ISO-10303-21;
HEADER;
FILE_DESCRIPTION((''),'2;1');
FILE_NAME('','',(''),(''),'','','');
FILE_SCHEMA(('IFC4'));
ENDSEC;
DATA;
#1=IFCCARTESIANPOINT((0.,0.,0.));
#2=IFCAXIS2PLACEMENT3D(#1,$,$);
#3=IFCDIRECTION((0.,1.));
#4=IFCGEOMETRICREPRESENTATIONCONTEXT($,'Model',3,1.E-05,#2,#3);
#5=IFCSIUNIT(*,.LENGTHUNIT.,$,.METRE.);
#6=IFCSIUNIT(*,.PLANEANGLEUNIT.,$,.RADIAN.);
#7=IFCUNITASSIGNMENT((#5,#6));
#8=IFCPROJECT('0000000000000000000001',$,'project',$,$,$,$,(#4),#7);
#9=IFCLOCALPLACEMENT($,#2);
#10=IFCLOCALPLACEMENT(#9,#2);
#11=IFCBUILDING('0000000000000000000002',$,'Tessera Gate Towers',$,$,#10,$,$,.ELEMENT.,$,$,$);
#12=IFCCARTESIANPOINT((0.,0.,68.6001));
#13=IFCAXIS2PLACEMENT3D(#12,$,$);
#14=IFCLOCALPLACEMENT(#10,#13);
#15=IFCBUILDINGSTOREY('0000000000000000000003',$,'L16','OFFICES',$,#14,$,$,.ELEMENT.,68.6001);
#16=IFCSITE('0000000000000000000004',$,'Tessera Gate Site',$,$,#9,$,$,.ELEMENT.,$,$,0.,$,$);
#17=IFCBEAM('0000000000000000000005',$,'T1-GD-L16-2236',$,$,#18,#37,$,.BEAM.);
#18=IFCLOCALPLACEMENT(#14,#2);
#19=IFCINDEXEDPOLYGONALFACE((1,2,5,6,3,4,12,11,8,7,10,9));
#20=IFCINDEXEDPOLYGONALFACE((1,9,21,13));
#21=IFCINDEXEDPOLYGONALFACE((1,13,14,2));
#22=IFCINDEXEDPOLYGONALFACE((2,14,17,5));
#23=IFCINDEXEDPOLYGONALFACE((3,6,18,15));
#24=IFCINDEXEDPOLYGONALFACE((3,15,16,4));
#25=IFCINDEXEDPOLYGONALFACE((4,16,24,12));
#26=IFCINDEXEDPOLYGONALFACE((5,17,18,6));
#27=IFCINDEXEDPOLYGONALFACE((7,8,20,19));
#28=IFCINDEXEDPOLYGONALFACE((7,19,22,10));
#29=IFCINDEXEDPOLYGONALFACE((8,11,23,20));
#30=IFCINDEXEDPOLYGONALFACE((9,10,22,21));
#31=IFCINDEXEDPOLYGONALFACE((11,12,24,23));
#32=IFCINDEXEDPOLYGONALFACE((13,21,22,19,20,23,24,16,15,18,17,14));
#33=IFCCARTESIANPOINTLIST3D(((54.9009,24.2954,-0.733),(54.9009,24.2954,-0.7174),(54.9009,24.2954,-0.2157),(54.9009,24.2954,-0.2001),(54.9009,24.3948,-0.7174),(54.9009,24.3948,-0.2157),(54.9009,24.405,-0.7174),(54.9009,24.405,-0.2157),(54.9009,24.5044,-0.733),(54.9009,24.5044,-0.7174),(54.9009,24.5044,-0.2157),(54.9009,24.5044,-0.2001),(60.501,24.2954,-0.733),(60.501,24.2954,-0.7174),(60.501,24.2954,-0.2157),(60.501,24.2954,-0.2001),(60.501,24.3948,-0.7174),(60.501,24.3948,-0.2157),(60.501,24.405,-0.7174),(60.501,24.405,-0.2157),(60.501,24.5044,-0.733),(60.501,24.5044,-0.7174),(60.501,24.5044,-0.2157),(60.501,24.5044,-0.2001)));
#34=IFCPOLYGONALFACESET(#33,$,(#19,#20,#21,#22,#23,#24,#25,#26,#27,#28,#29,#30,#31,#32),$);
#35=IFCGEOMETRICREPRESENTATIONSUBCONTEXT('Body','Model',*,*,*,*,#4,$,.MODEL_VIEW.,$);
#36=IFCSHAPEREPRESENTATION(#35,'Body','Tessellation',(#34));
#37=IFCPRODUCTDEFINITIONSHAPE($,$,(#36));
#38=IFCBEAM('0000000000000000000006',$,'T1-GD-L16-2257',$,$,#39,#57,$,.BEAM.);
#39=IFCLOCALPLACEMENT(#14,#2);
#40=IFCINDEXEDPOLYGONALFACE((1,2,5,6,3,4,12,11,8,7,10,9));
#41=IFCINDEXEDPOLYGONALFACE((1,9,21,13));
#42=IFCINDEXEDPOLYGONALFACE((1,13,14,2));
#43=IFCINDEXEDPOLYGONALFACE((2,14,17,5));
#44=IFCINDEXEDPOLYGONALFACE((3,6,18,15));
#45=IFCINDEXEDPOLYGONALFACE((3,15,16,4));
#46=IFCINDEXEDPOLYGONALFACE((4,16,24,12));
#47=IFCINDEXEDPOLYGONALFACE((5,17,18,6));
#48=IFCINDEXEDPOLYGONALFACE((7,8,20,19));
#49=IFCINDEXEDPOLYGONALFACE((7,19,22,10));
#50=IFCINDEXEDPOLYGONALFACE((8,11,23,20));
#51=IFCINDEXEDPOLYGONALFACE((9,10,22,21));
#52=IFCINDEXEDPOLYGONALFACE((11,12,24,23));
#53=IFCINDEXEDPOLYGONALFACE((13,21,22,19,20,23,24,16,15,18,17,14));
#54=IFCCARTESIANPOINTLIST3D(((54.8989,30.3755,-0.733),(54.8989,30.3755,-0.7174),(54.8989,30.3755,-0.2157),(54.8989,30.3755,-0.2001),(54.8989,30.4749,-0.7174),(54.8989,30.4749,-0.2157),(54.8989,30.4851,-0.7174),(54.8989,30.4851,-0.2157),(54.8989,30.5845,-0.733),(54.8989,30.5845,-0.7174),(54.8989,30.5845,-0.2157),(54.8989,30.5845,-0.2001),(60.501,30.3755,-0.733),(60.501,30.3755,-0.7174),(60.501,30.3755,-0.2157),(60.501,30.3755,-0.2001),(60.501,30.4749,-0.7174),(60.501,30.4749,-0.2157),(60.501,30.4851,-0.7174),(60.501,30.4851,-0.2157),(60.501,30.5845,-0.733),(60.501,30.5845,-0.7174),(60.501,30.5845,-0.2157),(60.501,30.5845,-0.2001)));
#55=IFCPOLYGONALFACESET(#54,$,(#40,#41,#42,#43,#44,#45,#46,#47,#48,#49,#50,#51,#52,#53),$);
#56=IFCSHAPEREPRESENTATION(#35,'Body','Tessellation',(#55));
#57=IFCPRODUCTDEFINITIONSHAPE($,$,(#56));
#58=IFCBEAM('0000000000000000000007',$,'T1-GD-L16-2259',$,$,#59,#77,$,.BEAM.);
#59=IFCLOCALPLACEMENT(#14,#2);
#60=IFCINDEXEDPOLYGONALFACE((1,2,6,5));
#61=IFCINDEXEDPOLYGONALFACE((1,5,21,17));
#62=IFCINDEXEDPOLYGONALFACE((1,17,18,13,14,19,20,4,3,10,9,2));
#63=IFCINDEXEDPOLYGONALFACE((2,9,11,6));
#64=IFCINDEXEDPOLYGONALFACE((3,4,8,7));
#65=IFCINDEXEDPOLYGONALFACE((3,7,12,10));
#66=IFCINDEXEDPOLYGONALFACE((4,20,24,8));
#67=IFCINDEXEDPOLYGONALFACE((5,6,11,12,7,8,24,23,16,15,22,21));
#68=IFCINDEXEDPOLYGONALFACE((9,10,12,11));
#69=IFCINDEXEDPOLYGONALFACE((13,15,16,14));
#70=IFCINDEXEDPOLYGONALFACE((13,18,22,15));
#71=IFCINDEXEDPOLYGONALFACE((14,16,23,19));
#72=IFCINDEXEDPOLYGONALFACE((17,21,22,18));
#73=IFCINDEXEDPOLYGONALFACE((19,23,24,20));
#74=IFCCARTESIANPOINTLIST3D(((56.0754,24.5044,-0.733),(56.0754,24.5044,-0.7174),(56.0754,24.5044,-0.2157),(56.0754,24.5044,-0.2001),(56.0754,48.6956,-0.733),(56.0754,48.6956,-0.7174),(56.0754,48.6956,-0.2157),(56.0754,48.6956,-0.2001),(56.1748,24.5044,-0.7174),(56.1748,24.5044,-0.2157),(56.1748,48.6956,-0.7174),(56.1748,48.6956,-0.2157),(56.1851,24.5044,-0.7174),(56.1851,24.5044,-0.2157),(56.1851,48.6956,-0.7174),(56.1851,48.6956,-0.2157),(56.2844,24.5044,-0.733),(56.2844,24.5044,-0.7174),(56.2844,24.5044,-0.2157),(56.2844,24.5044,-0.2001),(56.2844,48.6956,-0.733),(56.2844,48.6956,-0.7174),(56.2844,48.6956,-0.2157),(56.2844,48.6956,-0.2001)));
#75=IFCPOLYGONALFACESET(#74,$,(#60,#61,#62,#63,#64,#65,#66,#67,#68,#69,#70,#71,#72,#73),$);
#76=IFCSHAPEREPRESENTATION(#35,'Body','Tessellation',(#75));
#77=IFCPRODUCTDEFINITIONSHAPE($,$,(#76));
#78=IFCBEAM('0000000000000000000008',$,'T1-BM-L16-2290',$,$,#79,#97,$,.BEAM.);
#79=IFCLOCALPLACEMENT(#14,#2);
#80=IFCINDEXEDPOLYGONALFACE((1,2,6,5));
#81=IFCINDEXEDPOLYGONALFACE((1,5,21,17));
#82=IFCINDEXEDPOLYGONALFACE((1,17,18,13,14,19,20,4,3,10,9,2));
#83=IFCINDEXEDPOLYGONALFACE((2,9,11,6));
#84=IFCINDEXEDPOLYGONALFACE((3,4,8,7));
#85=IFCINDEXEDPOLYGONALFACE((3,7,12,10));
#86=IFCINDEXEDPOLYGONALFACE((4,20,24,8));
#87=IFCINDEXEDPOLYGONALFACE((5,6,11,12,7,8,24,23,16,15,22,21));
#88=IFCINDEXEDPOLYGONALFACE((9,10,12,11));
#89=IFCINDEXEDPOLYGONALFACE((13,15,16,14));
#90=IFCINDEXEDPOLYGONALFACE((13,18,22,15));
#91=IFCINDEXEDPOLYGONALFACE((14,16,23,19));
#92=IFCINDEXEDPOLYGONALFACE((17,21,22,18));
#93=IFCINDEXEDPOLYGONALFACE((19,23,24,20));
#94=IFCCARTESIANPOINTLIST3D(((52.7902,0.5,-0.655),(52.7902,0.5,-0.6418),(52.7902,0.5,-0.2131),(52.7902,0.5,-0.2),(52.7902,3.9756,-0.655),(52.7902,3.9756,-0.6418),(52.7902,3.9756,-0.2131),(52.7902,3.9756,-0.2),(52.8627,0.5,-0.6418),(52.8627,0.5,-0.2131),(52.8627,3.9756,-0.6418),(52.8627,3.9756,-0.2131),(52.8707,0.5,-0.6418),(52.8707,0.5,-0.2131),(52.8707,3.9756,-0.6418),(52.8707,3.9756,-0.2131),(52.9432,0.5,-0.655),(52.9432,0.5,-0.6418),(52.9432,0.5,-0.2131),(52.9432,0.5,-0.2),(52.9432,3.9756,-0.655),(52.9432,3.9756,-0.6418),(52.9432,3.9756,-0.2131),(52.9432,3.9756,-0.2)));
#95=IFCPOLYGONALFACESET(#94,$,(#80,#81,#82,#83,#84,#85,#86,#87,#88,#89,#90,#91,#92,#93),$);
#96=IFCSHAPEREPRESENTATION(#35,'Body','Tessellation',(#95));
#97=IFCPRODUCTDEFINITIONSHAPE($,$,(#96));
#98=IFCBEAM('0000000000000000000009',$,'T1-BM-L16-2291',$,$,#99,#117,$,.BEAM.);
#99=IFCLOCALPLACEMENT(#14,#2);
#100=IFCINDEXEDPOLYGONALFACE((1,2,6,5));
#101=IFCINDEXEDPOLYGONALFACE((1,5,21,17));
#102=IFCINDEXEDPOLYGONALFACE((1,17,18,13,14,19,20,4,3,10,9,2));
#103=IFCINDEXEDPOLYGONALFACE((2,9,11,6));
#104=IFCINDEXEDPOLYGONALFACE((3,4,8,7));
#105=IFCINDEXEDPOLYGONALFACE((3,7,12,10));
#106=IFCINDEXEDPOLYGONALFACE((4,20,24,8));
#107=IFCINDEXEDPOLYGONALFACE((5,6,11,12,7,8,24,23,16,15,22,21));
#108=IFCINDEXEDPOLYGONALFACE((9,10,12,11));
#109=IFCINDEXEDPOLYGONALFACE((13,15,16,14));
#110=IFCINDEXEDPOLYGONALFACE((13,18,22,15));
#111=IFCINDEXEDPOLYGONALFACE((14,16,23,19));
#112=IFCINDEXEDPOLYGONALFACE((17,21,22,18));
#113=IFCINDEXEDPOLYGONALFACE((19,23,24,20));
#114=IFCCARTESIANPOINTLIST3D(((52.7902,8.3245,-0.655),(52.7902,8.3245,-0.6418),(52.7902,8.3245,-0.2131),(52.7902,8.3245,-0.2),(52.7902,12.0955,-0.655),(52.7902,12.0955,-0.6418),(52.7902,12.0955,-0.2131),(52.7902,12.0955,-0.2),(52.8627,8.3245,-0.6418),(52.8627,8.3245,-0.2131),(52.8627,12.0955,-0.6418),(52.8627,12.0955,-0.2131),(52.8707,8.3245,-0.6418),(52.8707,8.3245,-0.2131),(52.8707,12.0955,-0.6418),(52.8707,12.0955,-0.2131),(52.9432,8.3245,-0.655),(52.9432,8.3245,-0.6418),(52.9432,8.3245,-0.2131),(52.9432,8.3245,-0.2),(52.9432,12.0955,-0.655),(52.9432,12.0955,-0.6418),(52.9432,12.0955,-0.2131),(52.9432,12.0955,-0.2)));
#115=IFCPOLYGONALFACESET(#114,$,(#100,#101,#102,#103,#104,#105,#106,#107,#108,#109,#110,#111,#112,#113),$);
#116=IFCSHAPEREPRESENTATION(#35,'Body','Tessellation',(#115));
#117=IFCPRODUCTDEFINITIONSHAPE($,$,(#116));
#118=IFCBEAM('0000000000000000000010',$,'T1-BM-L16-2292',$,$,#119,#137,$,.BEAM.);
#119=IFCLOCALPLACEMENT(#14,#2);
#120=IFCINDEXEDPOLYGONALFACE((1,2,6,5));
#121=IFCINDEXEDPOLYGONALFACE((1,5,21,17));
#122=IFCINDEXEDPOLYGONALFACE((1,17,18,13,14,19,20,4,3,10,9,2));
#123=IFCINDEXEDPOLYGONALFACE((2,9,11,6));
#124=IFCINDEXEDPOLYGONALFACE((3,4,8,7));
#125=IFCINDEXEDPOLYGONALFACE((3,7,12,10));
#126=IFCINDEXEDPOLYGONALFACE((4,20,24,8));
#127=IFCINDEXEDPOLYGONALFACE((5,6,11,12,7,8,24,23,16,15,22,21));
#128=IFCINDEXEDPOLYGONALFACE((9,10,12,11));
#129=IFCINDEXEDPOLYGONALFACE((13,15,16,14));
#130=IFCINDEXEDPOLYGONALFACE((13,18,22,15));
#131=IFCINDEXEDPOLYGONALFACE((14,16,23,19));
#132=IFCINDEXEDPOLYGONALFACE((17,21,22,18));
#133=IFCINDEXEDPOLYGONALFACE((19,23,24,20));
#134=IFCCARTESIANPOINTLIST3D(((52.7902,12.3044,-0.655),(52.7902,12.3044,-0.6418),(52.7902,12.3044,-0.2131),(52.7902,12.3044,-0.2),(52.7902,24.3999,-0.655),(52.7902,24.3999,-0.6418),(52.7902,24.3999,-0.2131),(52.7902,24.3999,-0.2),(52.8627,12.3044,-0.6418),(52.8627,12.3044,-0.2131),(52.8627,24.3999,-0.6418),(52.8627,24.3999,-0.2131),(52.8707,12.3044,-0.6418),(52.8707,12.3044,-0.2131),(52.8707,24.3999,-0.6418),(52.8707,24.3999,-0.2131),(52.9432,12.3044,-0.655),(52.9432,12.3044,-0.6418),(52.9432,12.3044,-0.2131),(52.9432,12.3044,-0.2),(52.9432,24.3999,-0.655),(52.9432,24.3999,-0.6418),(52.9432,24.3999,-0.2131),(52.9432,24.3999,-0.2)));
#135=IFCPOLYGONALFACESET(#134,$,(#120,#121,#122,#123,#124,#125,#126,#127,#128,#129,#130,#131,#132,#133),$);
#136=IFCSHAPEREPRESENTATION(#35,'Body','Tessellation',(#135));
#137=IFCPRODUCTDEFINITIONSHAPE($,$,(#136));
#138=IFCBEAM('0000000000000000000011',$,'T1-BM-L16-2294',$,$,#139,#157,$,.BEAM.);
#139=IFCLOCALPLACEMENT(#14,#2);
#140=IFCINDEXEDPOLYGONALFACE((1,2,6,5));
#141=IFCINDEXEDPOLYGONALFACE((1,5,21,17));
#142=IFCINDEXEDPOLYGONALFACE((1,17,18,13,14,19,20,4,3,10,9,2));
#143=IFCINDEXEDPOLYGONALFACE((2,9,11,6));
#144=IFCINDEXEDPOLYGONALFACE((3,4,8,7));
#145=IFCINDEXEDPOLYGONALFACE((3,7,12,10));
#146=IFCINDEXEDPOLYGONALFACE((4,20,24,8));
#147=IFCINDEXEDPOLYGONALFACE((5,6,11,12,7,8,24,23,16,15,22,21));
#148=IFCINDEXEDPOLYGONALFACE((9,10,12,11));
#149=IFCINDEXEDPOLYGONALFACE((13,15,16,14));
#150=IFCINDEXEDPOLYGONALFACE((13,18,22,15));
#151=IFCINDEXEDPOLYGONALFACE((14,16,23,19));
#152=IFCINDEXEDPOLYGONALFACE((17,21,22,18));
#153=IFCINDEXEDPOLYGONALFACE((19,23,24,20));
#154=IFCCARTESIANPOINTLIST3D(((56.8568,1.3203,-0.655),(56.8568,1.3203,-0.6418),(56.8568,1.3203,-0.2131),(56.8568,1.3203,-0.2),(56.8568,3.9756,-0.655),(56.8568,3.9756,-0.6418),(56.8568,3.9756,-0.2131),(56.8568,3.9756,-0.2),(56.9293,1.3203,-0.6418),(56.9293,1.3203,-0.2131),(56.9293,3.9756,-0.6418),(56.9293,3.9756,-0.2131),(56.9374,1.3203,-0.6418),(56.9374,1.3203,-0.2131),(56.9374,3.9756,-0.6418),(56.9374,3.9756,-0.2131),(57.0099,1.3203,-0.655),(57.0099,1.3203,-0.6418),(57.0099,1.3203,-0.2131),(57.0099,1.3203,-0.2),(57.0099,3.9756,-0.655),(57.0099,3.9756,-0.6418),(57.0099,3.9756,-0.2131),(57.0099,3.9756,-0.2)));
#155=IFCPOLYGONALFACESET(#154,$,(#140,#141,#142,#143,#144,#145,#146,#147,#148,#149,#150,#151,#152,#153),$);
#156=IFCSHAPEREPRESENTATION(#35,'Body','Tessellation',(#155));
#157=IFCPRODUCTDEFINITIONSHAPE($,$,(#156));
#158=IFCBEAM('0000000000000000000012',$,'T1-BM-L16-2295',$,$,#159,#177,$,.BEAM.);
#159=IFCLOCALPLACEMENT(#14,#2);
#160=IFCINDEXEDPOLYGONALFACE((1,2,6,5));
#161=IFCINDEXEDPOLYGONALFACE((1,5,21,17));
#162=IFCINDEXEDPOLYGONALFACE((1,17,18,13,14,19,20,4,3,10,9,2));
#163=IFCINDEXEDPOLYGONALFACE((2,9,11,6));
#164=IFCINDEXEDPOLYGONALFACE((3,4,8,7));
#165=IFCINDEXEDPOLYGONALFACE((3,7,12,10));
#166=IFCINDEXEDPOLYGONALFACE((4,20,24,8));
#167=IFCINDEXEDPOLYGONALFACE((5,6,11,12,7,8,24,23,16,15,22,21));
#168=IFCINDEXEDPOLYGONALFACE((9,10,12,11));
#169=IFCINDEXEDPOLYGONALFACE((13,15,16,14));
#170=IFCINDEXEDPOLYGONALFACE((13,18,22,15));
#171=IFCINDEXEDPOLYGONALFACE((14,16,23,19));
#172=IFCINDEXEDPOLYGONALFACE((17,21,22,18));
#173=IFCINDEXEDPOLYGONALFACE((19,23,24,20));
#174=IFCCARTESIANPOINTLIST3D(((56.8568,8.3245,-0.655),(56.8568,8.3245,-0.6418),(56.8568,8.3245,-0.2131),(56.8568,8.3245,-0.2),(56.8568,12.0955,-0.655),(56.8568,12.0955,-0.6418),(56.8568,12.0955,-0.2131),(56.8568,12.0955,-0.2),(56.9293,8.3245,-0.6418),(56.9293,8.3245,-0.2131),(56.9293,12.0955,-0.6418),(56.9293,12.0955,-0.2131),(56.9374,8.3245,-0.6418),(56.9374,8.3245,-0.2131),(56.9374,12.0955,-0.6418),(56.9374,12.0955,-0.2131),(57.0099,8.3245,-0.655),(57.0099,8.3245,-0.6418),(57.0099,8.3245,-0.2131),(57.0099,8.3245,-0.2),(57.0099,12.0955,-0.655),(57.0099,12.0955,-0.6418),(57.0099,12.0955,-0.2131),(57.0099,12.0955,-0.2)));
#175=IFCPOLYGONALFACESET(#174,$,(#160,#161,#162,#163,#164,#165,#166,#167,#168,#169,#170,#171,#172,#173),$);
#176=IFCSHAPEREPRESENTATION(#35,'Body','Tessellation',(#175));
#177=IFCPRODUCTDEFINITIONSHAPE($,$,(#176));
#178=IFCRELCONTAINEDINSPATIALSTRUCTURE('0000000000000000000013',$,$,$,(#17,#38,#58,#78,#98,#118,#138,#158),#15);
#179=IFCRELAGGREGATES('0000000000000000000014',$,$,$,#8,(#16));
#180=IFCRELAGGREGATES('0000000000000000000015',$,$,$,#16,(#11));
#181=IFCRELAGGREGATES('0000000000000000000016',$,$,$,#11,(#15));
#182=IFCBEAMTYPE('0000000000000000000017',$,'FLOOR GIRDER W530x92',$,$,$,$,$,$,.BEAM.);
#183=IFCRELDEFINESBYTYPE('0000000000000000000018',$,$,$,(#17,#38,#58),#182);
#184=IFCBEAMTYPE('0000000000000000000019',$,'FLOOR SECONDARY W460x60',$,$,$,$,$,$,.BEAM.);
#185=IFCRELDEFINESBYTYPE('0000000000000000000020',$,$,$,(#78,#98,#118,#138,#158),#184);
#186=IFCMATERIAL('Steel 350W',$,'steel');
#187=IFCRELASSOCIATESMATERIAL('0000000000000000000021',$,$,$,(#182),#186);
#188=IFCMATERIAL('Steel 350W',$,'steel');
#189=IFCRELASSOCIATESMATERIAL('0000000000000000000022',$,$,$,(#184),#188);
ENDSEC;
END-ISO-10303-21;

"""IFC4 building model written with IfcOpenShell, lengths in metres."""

from ifc_helpers import new_model, si_unit, direction, frame, origin, origin_2d, place, context, subcontext, project, spatial, i_section, extrude, material, material_profile, profile_set, type_object, element, save


model = new_model("IFC4")

# Units and contexts
model_context = context("Model", 3, precision=1e-05, world=origin(), true_north=direction((0.0, 1.0)))
body_context = subcontext(model_context, "Body", "Model", "MODEL_VIEW")
ifc_project = project(units=[si_unit("LENGTHUNIT", "METRE"), si_unit("PLANEANGLEUNIT", "RADIAN")], contexts=[model_context])

# Site, building, storey
site_placement = place(None, origin())
site = spatial("IfcSite", under=ifc_project, at=site_placement, Name="Tessera Gate Site", CompositionType="ELEMENT", RefElevation=0.0)
building_placement = place(site_placement, origin())
building = spatial("IfcBuilding", under=site, at=building_placement, Name="Tessera Gate Towers", CompositionType="ELEMENT")
storey_placement = place(building_placement, frame((0.0, 0.0, 68.6001)))
storey = spatial("IfcBuildingStorey", under=building, at=storey_placement, Name="L16", Description="OFFICES", CompositionType="ELEMENT", Elevation=68.6001)

# Beams
ifc_material_1 = material(Name="Steel 350W", Category="steel")
ifc_material_profile_1 = material_profile(ifc_material_1, i_section(OverallWidth=0.209, OverallDepth=0.533, WebThickness=0.0103, FlangeThickness=0.0156, at=origin_2d()), Name="W530x92")
ifc_profile_set_1 = profile_set([ifc_material_profile_1], Name="Steel 350W")
beam_type_1 = type_object("IfcBeamType", Name="FLOOR GIRDER W530x92", PredefinedType="BEAM", material=ifc_profile_set_1)
beam_1_placement = place(storey_placement, frame((54.9009, 24.3999, -0.4666), z_axis=(1.0, 0.0, 0.0), x_axis=(0.0, 1.0, 0.0)))
element("IfcBeam", 1, at=beam_1_placement, inside=storey, type_object=beam_type_1, Name="T1-GD-L16-2236", PredefinedType="BEAM", context=body_context, shape_type="SweptSolid", body=[
    extrude(i_section(OverallWidth=0.209, OverallDepth=0.533, WebThickness=0.0103, FlangeThickness=0.0156, at=origin_2d()), origin(), (0.0, 0.0, 1.0), 5.6001),
])
beam_2_placement = place(storey_placement, frame((54.8989, 30.48, -0.4666), z_axis=(1.0, 0.0, 0.0), x_axis=(0.0, 1.0, 0.0)))
element("IfcBeam", 2, at=beam_2_placement, inside=storey, type_object=beam_type_1, Name="T1-GD-L16-2257", PredefinedType="BEAM", context=body_context, shape_type="SweptSolid", body=[
    extrude(i_section(OverallWidth=0.209, OverallDepth=0.533, WebThickness=0.0103, FlangeThickness=0.0156, at=origin_2d()), origin(), (0.0, 0.0, 1.0), 5.6021),
])
beam_3_placement = place(storey_placement, frame((56.1799, 24.5044, -0.4666), z_axis=(0.0, 1.0, 0.0), x_axis=(-1.0, 0.0, 0.0)))
element("IfcBeam", 3, at=beam_3_placement, inside=storey, type_object=beam_type_1, Name="T1-GD-L16-2259", PredefinedType="BEAM", context=body_context, shape_type="SweptSolid", body=[
    extrude(i_section(OverallWidth=0.209, OverallDepth=0.533, WebThickness=0.0103, FlangeThickness=0.0156, at=origin_2d()), origin(), (0.0, 0.0, 1.0), 24.1912),
])
ifc_material_2 = material(Name="Steel 350W", Category="steel")
ifc_material_profile_2 = material_profile(ifc_material_2, i_section(OverallWidth=0.1531, OverallDepth=0.4551, WebThickness=0.0081, FlangeThickness=0.0132, at=origin_2d()), Name="W460x60")
ifc_profile_set_2 = profile_set([ifc_material_profile_2], Name="Steel 350W")
beam_type_2 = type_object("IfcBeamType", Name="FLOOR SECONDARY W460x60", PredefinedType="BEAM", material=ifc_profile_set_2)
beam_4_placement = place(storey_placement, frame((52.8667, 0.5, -0.4275), z_axis=(0.0, 1.0, 0.0), x_axis=(-1.0, 0.0, 0.0)))
element("IfcBeam", 4, at=beam_4_placement, inside=storey, type_object=beam_type_2, Name="T1-BM-L16-2290", PredefinedType="BEAM", context=body_context, shape_type="SweptSolid", body=[
    extrude(i_section(OverallWidth=0.1531, OverallDepth=0.4551, WebThickness=0.0081, FlangeThickness=0.0132, at=origin_2d()), origin(), (0.0, 0.0, 1.0), 3.4756),
])
beam_5_placement = place(storey_placement, frame((52.8667, 8.3245, -0.4275), z_axis=(0.0, 1.0, 0.0), x_axis=(-1.0, 0.0, 0.0)))
element("IfcBeam", 5, at=beam_5_placement, inside=storey, type_object=beam_type_2, Name="T1-BM-L16-2291", PredefinedType="BEAM", context=body_context, shape_type="SweptSolid", body=[
    extrude(i_section(OverallWidth=0.1531, OverallDepth=0.4551, WebThickness=0.0081, FlangeThickness=0.0132, at=origin_2d()), origin(), (0.0, 0.0, 1.0), 3.771),
])
beam_6_placement = place(storey_placement, frame((52.8667, 12.3044, -0.4275), z_axis=(0.0, 1.0, 0.0), x_axis=(-1.0, 0.0, 0.0)))
element("IfcBeam", 6, at=beam_6_placement, inside=storey, type_object=beam_type_2, Name="T1-BM-L16-2292", PredefinedType="BEAM", context=body_context, shape_type="SweptSolid", body=[
    extrude(i_section(OverallWidth=0.1531, OverallDepth=0.4551, WebThickness=0.0081, FlangeThickness=0.0132, at=origin_2d()), origin(), (0.0, 0.0, 1.0), 12.0955),
])
beam_7_placement = place(storey_placement, frame((56.9333, 1.3203, -0.4275), z_axis=(0.0, 1.0, 0.0), x_axis=(-1.0, 0.0, 0.0)))
element("IfcBeam", 7, at=beam_7_placement, inside=storey, type_object=beam_type_2, Name="T1-BM-L16-2294", PredefinedType="BEAM", context=body_context, shape_type="SweptSolid", body=[
    extrude(i_section(OverallWidth=0.1531, OverallDepth=0.4551, WebThickness=0.0081, FlangeThickness=0.0132, at=origin_2d()), origin(), (0.0, 0.0, 1.0), 2.6553),
])
beam_8_placement = place(storey_placement, frame((56.9333, 8.3245, -0.4275), z_axis=(0.0, 1.0, 0.0), x_axis=(-1.0, 0.0, 0.0)))
element("IfcBeam", 8, at=beam_8_placement, inside=storey, type_object=beam_type_2, Name="T1-BM-L16-2295", PredefinedType="BEAM", context=body_context, shape_type="SweptSolid", body=[
    extrude(i_section(OverallWidth=0.1531, OverallDepth=0.4551, WebThickness=0.0081, FlangeThickness=0.0132, at=origin_2d()), origin(), (0.0, 0.0, 1.0), 3.771),
])

save(model, "model.ifc")
